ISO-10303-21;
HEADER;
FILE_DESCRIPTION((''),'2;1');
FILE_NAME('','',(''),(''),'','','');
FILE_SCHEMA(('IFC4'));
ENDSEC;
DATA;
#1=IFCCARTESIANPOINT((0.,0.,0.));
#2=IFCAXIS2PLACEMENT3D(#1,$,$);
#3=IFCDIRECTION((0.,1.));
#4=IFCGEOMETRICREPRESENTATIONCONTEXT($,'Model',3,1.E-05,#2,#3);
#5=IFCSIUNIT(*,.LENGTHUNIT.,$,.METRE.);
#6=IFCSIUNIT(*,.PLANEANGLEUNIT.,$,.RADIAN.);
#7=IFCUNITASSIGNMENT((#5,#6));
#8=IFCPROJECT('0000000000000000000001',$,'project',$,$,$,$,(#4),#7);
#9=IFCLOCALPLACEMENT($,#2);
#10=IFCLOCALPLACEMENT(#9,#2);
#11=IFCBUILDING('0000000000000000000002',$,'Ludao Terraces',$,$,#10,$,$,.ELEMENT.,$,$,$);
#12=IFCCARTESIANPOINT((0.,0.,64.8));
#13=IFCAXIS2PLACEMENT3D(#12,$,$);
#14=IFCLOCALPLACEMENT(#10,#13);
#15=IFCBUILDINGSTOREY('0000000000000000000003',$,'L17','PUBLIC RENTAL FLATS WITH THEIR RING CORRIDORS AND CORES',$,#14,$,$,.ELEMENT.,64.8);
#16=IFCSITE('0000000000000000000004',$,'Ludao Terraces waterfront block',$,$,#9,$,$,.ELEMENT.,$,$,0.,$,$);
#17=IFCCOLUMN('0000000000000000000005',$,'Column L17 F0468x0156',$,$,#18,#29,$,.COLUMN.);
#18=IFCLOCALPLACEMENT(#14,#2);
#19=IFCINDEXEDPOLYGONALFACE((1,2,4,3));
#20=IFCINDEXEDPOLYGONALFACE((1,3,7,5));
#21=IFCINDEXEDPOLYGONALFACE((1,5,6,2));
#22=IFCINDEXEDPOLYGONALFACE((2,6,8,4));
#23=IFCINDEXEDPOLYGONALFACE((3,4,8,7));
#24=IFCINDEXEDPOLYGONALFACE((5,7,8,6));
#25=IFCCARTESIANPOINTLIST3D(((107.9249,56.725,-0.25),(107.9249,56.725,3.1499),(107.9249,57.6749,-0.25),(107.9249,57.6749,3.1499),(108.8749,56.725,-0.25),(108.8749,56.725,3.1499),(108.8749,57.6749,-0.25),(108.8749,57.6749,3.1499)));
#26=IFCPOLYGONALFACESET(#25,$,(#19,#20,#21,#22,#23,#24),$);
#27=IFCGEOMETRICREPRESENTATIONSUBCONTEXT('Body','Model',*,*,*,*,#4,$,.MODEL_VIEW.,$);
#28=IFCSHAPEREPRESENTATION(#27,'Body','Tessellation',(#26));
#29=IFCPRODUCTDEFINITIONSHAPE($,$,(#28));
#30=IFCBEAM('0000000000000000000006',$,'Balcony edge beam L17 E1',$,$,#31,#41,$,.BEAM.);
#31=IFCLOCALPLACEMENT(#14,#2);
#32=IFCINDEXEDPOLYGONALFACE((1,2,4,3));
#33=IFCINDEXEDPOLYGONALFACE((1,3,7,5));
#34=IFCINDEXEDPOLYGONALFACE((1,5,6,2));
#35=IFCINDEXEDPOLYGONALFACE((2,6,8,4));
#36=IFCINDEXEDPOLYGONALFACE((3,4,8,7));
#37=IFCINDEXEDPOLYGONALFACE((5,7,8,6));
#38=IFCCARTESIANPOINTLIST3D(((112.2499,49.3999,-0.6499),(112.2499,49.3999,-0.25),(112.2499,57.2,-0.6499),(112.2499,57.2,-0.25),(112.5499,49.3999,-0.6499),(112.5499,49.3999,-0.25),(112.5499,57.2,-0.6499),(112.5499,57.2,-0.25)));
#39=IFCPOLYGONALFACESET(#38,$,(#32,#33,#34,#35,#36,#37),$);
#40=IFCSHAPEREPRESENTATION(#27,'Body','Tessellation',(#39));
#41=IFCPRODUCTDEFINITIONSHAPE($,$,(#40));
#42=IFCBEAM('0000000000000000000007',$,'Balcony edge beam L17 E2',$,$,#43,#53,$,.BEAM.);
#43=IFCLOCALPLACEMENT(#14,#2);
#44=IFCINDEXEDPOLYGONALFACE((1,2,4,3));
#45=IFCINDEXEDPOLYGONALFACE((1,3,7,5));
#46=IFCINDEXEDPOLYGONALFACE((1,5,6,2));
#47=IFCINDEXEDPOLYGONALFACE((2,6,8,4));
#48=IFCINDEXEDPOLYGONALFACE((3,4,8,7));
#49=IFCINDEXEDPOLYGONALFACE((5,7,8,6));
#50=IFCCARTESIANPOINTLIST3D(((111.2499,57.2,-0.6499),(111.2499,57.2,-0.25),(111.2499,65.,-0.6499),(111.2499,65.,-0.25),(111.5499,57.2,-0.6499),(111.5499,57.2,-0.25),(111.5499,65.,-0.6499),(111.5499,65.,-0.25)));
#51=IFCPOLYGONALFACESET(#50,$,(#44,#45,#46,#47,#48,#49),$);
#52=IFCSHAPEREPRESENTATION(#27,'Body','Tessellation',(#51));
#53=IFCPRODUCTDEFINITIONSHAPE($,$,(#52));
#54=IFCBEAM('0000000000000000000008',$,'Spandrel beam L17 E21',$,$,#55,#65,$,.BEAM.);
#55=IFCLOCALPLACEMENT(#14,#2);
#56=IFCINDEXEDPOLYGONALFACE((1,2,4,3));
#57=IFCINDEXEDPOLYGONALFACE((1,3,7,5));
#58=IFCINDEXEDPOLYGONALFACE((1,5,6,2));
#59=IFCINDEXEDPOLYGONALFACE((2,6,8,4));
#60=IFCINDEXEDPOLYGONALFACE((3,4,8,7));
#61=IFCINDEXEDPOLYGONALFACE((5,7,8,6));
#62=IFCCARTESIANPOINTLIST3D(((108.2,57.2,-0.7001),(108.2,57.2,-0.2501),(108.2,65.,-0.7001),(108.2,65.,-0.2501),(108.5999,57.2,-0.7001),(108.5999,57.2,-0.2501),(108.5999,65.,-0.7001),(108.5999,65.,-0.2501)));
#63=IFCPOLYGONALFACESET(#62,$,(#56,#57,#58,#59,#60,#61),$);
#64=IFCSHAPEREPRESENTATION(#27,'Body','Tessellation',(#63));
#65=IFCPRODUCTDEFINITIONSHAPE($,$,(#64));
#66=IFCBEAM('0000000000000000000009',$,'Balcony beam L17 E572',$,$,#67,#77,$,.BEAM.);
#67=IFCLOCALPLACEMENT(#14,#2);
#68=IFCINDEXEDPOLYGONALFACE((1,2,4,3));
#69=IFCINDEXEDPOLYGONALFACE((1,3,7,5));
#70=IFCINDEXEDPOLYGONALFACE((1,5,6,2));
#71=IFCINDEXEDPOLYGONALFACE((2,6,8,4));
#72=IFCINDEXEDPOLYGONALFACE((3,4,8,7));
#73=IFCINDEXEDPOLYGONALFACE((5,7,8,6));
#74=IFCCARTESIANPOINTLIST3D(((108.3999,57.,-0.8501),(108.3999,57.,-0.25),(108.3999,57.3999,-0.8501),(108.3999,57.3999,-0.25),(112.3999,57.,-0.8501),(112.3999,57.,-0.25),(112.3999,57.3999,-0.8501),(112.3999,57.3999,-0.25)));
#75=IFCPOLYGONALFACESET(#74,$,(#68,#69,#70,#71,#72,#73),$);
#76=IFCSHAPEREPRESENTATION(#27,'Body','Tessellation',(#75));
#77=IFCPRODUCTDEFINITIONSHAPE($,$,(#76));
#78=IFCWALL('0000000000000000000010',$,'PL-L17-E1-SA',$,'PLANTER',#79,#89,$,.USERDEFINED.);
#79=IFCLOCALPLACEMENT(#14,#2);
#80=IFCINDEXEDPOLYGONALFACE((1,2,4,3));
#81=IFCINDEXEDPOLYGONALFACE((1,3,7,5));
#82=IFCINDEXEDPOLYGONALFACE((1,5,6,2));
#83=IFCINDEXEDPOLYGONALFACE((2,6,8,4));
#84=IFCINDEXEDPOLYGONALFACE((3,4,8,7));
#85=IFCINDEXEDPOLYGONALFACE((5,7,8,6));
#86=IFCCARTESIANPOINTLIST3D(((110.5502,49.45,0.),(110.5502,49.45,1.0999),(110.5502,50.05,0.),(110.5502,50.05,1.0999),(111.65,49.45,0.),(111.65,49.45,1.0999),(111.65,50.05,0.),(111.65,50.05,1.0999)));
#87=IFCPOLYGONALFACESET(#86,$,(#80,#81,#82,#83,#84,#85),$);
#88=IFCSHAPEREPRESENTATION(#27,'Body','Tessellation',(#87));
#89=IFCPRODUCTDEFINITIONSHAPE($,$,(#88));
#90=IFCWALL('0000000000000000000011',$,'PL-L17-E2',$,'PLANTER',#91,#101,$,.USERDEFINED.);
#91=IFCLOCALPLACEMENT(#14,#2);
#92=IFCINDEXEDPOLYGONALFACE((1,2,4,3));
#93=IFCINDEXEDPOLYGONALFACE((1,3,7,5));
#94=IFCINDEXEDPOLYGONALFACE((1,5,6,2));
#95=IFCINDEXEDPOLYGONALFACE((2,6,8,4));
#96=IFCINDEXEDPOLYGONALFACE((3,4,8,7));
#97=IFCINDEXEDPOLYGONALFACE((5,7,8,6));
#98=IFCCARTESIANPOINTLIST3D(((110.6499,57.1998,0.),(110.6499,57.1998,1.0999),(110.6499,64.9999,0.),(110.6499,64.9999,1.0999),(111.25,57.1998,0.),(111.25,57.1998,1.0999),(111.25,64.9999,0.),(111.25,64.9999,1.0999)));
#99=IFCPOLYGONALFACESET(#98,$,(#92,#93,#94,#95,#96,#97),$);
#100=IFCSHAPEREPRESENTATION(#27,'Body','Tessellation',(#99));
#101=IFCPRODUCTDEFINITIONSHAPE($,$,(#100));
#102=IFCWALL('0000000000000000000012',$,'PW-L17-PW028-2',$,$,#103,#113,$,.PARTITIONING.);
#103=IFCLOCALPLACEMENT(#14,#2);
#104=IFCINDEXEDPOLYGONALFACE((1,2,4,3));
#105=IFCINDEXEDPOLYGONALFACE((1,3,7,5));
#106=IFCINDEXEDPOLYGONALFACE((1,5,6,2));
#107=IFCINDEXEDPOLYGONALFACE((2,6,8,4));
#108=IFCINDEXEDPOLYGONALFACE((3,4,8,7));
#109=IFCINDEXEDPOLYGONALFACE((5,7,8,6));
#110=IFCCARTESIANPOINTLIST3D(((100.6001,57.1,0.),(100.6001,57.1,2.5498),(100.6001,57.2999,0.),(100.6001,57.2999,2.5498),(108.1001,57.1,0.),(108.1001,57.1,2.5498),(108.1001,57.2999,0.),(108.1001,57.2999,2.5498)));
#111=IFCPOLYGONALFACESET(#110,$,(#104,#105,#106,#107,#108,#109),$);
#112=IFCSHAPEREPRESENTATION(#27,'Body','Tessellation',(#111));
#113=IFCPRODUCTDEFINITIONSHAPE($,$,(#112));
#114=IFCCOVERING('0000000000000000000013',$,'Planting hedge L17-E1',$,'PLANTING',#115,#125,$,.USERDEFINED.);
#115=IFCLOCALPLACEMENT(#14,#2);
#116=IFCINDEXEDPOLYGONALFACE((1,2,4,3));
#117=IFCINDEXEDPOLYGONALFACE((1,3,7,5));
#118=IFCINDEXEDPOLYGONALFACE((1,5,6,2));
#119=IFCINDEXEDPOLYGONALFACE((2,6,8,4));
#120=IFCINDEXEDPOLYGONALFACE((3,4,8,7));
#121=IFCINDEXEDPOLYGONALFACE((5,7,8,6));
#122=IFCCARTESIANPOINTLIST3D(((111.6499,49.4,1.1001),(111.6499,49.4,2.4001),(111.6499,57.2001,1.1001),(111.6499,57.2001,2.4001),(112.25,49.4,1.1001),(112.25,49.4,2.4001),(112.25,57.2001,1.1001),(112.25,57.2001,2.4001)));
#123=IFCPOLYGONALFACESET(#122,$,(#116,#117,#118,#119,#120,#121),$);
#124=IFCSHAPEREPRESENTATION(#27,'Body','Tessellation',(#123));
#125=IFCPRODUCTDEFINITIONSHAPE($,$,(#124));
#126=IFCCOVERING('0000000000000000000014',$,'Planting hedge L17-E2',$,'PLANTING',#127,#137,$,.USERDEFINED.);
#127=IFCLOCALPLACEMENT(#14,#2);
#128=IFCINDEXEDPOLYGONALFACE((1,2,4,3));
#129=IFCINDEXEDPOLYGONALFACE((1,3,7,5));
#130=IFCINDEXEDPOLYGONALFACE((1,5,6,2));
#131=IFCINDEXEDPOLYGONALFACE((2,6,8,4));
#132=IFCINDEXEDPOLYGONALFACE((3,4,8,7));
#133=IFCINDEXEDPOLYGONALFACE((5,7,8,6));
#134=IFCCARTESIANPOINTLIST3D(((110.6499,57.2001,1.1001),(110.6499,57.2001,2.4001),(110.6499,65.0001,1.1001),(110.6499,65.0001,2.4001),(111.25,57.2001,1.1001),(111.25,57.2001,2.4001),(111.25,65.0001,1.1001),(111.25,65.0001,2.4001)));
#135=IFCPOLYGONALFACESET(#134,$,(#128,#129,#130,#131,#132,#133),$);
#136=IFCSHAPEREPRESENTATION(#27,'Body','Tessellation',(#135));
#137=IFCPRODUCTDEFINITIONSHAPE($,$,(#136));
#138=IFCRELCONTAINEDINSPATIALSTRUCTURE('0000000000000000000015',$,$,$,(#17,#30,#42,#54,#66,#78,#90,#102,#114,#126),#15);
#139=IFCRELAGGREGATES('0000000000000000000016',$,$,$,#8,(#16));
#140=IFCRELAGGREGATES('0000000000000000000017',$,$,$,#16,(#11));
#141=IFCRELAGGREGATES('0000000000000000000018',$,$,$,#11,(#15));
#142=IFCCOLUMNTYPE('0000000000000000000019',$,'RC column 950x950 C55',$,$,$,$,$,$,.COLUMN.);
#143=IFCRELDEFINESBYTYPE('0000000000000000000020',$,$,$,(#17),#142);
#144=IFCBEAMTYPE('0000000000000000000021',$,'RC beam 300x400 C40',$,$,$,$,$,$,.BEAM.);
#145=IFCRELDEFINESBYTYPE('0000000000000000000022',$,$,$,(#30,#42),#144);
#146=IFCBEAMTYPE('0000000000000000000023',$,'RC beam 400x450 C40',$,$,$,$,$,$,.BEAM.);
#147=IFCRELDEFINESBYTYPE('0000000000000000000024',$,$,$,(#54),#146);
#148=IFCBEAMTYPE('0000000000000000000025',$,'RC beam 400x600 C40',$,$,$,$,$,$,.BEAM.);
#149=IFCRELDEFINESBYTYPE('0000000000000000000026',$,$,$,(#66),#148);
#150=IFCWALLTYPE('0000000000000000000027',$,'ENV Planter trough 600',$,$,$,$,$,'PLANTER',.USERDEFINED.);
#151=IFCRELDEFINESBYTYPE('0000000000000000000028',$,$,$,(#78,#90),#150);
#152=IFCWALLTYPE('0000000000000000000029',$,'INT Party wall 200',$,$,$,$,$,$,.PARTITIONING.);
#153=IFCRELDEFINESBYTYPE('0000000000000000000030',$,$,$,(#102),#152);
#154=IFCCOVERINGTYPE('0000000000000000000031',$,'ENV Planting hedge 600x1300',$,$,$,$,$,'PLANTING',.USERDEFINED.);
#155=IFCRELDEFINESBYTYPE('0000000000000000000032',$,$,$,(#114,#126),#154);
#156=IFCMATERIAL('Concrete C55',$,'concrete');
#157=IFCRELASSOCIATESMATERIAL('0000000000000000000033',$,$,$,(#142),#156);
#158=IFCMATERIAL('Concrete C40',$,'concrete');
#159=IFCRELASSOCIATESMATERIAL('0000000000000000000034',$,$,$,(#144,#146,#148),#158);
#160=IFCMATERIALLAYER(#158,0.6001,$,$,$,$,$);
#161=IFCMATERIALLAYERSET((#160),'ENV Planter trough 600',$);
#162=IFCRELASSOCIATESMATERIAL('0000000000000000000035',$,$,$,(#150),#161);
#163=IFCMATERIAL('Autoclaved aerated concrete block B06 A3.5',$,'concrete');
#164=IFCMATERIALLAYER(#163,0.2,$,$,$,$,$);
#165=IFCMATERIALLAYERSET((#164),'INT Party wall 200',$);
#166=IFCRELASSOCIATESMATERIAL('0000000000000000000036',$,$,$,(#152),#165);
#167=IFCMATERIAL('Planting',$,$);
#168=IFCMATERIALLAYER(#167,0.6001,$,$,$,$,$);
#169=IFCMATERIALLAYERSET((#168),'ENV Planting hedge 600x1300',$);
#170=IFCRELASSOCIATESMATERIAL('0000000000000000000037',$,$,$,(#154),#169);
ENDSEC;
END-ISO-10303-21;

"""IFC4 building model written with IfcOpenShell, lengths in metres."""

from ifc_helpers import new_model, si_unit, direction, frame, frame_2d, origin, origin_2d, place, context, subcontext, project, spatial, rectangle, extrude, material, layer, layer_set, material_profile, profile_set, type_object, element, save


model = new_model("IFC4")

# Units and contexts
model_context = context("Model", 3, precision=1e-05, world=origin(), true_north=direction((0.0, 1.0)))
body_context = subcontext(model_context, "Body", "Model", "MODEL_VIEW")
ifc_project = project(units=[si_unit("LENGTHUNIT", "METRE"), si_unit("PLANEANGLEUNIT", "RADIAN")], contexts=[model_context])

# Site, building, storey
site_placement = place(None, origin())
site = spatial("IfcSite", under=ifc_project, at=site_placement, Name="Ludao Terraces waterfront block", CompositionType="ELEMENT", RefElevation=0.0)
building_placement = place(site_placement, origin())
building = spatial("IfcBuilding", under=site, at=building_placement, Name="Ludao Terraces", CompositionType="ELEMENT")
storey_placement = place(building_placement, frame((0.0, 0.0, 64.8)))
storey = spatial("IfcBuildingStorey", under=building, at=storey_placement, Name="L17", Description="PUBLIC RENTAL FLATS WITH THEIR RING CORRIDORS AND CORES", CompositionType="ELEMENT", Elevation=64.8)

# Column
ifc_material_1 = material(Name="Concrete C55", Category="concrete")
ifc_material_profile_1 = material_profile(ifc_material_1, rectangle(XDim=0.95, YDim=0.95, at=origin_2d()), Name="950 X 950")
ifc_profile_set_1 = profile_set([ifc_material_profile_1], Name="Concrete C55")
column_type = type_object("IfcColumnType", Name="RC column 950x950 C55", PredefinedType="COLUMN", material=ifc_profile_set_1)
column_placement = place(storey_placement, frame((108.3999, 57.2, -0.25), z_axis=(0.0, 0.0, 1.0), x_axis=(1.0, 0.0, 0.0)))
element("IfcColumn", 1, at=column_placement, inside=storey, type_object=column_type, Name="Column L17 F0468x0156", PredefinedType="COLUMN", context=body_context, shape_type="SweptSolid", body=[
    extrude(rectangle(XDim=0.95, YDim=0.95, at=origin_2d()), origin(), (0.0, 0.0, 1.0), 3.3999),
])

# Beams
ifc_material_2 = material(Name="Concrete C40", Category="concrete")
ifc_material_profile_2 = material_profile(ifc_material_2, rectangle(XDim=0.3, YDim=0.3999, at=origin_2d()), Name="300 X 400")
ifc_profile_set_2 = profile_set([ifc_material_profile_2], Name="Concrete C40")
beam_type_1 = type_object("IfcBeamType", Name="RC beam 300x400 C40", PredefinedType="BEAM", material=ifc_profile_set_2)
for number, where, z_axis, x_axis, name in (
    (2, (112.3999, 49.3999, -0.45), (0.0, 1.0, 0.0), (-1.0, 0.0, 0.0), "Balcony edge beam L17 E1"),
    (3, (111.3999, 57.2, -0.45), (0.0, 1.0, 0.0), (-1.0, 0.0, 0.0), "Balcony edge beam L17 E2"),
):
    element("IfcBeam", number, at=place(storey_placement, frame(where, z_axis=z_axis, x_axis=x_axis)), inside=storey, type_object=beam_type_1, Name=name, PredefinedType="BEAM", context=body_context, shape_type="SweptSolid", body=[
        extrude(rectangle(XDim=0.3, YDim=0.3999, at=origin_2d()), origin(), (0.0, 0.0, 1.0), 7.8),
    ])
ifc_material_profile_3 = material_profile(ifc_material_2, rectangle(XDim=0.3999, YDim=0.45, at=origin_2d()), Name="400 X 450")
ifc_profile_set_3 = profile_set([ifc_material_profile_3], Name="Concrete C40")
beam_type_2 = type_object("IfcBeamType", Name="RC beam 400x450 C40", PredefinedType="BEAM", material=ifc_profile_set_3)
beam_1_placement = place(storey_placement, frame((108.3999, 57.2, -0.4751), z_axis=(0.0, 1.0, 0.0), x_axis=(-1.0, 0.0, 0.0)))
element("IfcBeam", 4, at=beam_1_placement, inside=storey, type_object=beam_type_2, Name="Spandrel beam L17 E21", PredefinedType="BEAM", context=body_context, shape_type="SweptSolid", body=[
    extrude(rectangle(XDim=0.3999, YDim=0.45, at=origin_2d()), origin(), (0.0, 0.0, 1.0), 7.8),
])
ifc_material_profile_4 = material_profile(ifc_material_2, rectangle(XDim=0.3999, YDim=0.6001, at=origin_2d()), Name="400 X 600")
ifc_profile_set_4 = profile_set([ifc_material_profile_4], Name="Concrete C40")
beam_type_3 = type_object("IfcBeamType", Name="RC beam 400x600 C40", PredefinedType="BEAM", material=ifc_profile_set_4)
beam_2_placement = place(storey_placement, frame((108.3999, 57.2, -0.55), z_axis=(1.0, 0.0, 0.0), x_axis=(0.0, 1.0, 0.0)))
element("IfcBeam", 5, at=beam_2_placement, inside=storey, type_object=beam_type_3, Name="Balcony beam L17 E572", PredefinedType="BEAM", context=body_context, shape_type="SweptSolid", body=[
    extrude(rectangle(XDim=0.3999, YDim=0.6001, at=origin_2d()), origin(), (0.0, 0.0, 1.0), 4.0),
])

# Walls
ifc_layer_1 = layer(ifc_material_2, 0.6001)
ifc_layer_set_1 = layer_set([ifc_layer_1], Name="ENV Planter trough 600")
wall_type_1 = type_object("IfcWallType", Name="ENV Planter trough 600", ElementType="PLANTER", PredefinedType="USERDEFINED", material=ifc_layer_set_1)
wall_1_placement = place(storey_placement, frame((111.6499, 49.75, 0.0), z_axis=(0.0, 0.0, 1.0), x_axis=(-1.0, 0.0, 0.0)))
element("IfcWall", 6, at=wall_1_placement, inside=storey, type_object=wall_type_1, Name="PL-L17-E1-SA", ObjectType="PLANTER", PredefinedType="USERDEFINED", context=body_context, shape_type="SweptSolid", body=[
    extrude(rectangle(XDim=1.0999, YDim=0.6001, at=frame_2d((0.5498, 0.0))), origin(), (0.0, 0.0, 1.0), 1.0999),
])
wall_2_placement = place(storey_placement, frame((110.95, 57.2, 0.0), z_axis=(0.0, 0.0, 1.0), x_axis=(0.0, 1.0, 0.0)))
element("IfcWall", 7, at=wall_2_placement, inside=storey, type_object=wall_type_1, Name="PL-L17-E2", ObjectType="PLANTER", PredefinedType="USERDEFINED", context=body_context, shape_type="SweptSolid", body=[
    extrude(rectangle(XDim=7.8, YDim=0.6001, at=frame_2d((3.8999, 0.0))), origin(), (0.0, 0.0, 1.0), 1.0999),
])

# Wall
ifc_material_3 = material(Name="Autoclaved aerated concrete block B06 A3.5", Category="concrete")
ifc_layer_2 = layer(ifc_material_3, 0.2)
ifc_layer_set_2 = layer_set([ifc_layer_2], Name="INT Party wall 200")
wall_type_2 = type_object("IfcWallType", Name="INT Party wall 200", PredefinedType="PARTITIONING", material=ifc_layer_set_2)
wall_3_placement = place(storey_placement, frame((100.6001, 57.2, 0.0), z_axis=(0.0, 0.0, 1.0), x_axis=(1.0, 0.0, 0.0)))
element("IfcWall", 8, at=wall_3_placement, inside=storey, type_object=wall_type_2, Name="PW-L17-PW028-2", PredefinedType="PARTITIONING", context=body_context, shape_type="SweptSolid", body=[
    extrude(rectangle(XDim=7.5, YDim=0.2, at=frame_2d((3.75, 0.0))), origin(), (0.0, 0.0, 1.0), 2.5498),
])

# Coverings
ifc_material_4 = material(Name="Planting")
ifc_layer_3 = layer(ifc_material_4, 0.6001)
ifc_layer_set_3 = layer_set([ifc_layer_3], Name="ENV Planting hedge 600x1300")
covering_type = type_object("IfcCoveringType", Name="ENV Planting hedge 600x1300", ElementType="PLANTING", PredefinedType="USERDEFINED", material=ifc_layer_set_3)
for number, where, z_axis, x_axis, name in (
    (9, (111.95, 53.3, 1.1001), (0.0, 0.0, 1.0), (1.0, 0.0, 0.0), "Planting hedge L17-E1"),
    (10, (110.95, 61.1001, 1.1001), (0.0, 0.0, 1.0), (1.0, 0.0, 0.0), "Planting hedge L17-E2"),
):
    element("IfcCovering", number, at=place(storey_placement, frame(where, z_axis=z_axis, x_axis=x_axis)), inside=storey, type_object=covering_type, Name=name, ObjectType="PLANTING", PredefinedType="USERDEFINED", context=body_context, shape_type="SweptSolid", body=[
        extrude(rectangle(XDim=0.6001, YDim=7.8, at=origin_2d()), origin(), (0.0, 0.0, 1.0), 1.3),
    ])

save(model, "model.ifc")
